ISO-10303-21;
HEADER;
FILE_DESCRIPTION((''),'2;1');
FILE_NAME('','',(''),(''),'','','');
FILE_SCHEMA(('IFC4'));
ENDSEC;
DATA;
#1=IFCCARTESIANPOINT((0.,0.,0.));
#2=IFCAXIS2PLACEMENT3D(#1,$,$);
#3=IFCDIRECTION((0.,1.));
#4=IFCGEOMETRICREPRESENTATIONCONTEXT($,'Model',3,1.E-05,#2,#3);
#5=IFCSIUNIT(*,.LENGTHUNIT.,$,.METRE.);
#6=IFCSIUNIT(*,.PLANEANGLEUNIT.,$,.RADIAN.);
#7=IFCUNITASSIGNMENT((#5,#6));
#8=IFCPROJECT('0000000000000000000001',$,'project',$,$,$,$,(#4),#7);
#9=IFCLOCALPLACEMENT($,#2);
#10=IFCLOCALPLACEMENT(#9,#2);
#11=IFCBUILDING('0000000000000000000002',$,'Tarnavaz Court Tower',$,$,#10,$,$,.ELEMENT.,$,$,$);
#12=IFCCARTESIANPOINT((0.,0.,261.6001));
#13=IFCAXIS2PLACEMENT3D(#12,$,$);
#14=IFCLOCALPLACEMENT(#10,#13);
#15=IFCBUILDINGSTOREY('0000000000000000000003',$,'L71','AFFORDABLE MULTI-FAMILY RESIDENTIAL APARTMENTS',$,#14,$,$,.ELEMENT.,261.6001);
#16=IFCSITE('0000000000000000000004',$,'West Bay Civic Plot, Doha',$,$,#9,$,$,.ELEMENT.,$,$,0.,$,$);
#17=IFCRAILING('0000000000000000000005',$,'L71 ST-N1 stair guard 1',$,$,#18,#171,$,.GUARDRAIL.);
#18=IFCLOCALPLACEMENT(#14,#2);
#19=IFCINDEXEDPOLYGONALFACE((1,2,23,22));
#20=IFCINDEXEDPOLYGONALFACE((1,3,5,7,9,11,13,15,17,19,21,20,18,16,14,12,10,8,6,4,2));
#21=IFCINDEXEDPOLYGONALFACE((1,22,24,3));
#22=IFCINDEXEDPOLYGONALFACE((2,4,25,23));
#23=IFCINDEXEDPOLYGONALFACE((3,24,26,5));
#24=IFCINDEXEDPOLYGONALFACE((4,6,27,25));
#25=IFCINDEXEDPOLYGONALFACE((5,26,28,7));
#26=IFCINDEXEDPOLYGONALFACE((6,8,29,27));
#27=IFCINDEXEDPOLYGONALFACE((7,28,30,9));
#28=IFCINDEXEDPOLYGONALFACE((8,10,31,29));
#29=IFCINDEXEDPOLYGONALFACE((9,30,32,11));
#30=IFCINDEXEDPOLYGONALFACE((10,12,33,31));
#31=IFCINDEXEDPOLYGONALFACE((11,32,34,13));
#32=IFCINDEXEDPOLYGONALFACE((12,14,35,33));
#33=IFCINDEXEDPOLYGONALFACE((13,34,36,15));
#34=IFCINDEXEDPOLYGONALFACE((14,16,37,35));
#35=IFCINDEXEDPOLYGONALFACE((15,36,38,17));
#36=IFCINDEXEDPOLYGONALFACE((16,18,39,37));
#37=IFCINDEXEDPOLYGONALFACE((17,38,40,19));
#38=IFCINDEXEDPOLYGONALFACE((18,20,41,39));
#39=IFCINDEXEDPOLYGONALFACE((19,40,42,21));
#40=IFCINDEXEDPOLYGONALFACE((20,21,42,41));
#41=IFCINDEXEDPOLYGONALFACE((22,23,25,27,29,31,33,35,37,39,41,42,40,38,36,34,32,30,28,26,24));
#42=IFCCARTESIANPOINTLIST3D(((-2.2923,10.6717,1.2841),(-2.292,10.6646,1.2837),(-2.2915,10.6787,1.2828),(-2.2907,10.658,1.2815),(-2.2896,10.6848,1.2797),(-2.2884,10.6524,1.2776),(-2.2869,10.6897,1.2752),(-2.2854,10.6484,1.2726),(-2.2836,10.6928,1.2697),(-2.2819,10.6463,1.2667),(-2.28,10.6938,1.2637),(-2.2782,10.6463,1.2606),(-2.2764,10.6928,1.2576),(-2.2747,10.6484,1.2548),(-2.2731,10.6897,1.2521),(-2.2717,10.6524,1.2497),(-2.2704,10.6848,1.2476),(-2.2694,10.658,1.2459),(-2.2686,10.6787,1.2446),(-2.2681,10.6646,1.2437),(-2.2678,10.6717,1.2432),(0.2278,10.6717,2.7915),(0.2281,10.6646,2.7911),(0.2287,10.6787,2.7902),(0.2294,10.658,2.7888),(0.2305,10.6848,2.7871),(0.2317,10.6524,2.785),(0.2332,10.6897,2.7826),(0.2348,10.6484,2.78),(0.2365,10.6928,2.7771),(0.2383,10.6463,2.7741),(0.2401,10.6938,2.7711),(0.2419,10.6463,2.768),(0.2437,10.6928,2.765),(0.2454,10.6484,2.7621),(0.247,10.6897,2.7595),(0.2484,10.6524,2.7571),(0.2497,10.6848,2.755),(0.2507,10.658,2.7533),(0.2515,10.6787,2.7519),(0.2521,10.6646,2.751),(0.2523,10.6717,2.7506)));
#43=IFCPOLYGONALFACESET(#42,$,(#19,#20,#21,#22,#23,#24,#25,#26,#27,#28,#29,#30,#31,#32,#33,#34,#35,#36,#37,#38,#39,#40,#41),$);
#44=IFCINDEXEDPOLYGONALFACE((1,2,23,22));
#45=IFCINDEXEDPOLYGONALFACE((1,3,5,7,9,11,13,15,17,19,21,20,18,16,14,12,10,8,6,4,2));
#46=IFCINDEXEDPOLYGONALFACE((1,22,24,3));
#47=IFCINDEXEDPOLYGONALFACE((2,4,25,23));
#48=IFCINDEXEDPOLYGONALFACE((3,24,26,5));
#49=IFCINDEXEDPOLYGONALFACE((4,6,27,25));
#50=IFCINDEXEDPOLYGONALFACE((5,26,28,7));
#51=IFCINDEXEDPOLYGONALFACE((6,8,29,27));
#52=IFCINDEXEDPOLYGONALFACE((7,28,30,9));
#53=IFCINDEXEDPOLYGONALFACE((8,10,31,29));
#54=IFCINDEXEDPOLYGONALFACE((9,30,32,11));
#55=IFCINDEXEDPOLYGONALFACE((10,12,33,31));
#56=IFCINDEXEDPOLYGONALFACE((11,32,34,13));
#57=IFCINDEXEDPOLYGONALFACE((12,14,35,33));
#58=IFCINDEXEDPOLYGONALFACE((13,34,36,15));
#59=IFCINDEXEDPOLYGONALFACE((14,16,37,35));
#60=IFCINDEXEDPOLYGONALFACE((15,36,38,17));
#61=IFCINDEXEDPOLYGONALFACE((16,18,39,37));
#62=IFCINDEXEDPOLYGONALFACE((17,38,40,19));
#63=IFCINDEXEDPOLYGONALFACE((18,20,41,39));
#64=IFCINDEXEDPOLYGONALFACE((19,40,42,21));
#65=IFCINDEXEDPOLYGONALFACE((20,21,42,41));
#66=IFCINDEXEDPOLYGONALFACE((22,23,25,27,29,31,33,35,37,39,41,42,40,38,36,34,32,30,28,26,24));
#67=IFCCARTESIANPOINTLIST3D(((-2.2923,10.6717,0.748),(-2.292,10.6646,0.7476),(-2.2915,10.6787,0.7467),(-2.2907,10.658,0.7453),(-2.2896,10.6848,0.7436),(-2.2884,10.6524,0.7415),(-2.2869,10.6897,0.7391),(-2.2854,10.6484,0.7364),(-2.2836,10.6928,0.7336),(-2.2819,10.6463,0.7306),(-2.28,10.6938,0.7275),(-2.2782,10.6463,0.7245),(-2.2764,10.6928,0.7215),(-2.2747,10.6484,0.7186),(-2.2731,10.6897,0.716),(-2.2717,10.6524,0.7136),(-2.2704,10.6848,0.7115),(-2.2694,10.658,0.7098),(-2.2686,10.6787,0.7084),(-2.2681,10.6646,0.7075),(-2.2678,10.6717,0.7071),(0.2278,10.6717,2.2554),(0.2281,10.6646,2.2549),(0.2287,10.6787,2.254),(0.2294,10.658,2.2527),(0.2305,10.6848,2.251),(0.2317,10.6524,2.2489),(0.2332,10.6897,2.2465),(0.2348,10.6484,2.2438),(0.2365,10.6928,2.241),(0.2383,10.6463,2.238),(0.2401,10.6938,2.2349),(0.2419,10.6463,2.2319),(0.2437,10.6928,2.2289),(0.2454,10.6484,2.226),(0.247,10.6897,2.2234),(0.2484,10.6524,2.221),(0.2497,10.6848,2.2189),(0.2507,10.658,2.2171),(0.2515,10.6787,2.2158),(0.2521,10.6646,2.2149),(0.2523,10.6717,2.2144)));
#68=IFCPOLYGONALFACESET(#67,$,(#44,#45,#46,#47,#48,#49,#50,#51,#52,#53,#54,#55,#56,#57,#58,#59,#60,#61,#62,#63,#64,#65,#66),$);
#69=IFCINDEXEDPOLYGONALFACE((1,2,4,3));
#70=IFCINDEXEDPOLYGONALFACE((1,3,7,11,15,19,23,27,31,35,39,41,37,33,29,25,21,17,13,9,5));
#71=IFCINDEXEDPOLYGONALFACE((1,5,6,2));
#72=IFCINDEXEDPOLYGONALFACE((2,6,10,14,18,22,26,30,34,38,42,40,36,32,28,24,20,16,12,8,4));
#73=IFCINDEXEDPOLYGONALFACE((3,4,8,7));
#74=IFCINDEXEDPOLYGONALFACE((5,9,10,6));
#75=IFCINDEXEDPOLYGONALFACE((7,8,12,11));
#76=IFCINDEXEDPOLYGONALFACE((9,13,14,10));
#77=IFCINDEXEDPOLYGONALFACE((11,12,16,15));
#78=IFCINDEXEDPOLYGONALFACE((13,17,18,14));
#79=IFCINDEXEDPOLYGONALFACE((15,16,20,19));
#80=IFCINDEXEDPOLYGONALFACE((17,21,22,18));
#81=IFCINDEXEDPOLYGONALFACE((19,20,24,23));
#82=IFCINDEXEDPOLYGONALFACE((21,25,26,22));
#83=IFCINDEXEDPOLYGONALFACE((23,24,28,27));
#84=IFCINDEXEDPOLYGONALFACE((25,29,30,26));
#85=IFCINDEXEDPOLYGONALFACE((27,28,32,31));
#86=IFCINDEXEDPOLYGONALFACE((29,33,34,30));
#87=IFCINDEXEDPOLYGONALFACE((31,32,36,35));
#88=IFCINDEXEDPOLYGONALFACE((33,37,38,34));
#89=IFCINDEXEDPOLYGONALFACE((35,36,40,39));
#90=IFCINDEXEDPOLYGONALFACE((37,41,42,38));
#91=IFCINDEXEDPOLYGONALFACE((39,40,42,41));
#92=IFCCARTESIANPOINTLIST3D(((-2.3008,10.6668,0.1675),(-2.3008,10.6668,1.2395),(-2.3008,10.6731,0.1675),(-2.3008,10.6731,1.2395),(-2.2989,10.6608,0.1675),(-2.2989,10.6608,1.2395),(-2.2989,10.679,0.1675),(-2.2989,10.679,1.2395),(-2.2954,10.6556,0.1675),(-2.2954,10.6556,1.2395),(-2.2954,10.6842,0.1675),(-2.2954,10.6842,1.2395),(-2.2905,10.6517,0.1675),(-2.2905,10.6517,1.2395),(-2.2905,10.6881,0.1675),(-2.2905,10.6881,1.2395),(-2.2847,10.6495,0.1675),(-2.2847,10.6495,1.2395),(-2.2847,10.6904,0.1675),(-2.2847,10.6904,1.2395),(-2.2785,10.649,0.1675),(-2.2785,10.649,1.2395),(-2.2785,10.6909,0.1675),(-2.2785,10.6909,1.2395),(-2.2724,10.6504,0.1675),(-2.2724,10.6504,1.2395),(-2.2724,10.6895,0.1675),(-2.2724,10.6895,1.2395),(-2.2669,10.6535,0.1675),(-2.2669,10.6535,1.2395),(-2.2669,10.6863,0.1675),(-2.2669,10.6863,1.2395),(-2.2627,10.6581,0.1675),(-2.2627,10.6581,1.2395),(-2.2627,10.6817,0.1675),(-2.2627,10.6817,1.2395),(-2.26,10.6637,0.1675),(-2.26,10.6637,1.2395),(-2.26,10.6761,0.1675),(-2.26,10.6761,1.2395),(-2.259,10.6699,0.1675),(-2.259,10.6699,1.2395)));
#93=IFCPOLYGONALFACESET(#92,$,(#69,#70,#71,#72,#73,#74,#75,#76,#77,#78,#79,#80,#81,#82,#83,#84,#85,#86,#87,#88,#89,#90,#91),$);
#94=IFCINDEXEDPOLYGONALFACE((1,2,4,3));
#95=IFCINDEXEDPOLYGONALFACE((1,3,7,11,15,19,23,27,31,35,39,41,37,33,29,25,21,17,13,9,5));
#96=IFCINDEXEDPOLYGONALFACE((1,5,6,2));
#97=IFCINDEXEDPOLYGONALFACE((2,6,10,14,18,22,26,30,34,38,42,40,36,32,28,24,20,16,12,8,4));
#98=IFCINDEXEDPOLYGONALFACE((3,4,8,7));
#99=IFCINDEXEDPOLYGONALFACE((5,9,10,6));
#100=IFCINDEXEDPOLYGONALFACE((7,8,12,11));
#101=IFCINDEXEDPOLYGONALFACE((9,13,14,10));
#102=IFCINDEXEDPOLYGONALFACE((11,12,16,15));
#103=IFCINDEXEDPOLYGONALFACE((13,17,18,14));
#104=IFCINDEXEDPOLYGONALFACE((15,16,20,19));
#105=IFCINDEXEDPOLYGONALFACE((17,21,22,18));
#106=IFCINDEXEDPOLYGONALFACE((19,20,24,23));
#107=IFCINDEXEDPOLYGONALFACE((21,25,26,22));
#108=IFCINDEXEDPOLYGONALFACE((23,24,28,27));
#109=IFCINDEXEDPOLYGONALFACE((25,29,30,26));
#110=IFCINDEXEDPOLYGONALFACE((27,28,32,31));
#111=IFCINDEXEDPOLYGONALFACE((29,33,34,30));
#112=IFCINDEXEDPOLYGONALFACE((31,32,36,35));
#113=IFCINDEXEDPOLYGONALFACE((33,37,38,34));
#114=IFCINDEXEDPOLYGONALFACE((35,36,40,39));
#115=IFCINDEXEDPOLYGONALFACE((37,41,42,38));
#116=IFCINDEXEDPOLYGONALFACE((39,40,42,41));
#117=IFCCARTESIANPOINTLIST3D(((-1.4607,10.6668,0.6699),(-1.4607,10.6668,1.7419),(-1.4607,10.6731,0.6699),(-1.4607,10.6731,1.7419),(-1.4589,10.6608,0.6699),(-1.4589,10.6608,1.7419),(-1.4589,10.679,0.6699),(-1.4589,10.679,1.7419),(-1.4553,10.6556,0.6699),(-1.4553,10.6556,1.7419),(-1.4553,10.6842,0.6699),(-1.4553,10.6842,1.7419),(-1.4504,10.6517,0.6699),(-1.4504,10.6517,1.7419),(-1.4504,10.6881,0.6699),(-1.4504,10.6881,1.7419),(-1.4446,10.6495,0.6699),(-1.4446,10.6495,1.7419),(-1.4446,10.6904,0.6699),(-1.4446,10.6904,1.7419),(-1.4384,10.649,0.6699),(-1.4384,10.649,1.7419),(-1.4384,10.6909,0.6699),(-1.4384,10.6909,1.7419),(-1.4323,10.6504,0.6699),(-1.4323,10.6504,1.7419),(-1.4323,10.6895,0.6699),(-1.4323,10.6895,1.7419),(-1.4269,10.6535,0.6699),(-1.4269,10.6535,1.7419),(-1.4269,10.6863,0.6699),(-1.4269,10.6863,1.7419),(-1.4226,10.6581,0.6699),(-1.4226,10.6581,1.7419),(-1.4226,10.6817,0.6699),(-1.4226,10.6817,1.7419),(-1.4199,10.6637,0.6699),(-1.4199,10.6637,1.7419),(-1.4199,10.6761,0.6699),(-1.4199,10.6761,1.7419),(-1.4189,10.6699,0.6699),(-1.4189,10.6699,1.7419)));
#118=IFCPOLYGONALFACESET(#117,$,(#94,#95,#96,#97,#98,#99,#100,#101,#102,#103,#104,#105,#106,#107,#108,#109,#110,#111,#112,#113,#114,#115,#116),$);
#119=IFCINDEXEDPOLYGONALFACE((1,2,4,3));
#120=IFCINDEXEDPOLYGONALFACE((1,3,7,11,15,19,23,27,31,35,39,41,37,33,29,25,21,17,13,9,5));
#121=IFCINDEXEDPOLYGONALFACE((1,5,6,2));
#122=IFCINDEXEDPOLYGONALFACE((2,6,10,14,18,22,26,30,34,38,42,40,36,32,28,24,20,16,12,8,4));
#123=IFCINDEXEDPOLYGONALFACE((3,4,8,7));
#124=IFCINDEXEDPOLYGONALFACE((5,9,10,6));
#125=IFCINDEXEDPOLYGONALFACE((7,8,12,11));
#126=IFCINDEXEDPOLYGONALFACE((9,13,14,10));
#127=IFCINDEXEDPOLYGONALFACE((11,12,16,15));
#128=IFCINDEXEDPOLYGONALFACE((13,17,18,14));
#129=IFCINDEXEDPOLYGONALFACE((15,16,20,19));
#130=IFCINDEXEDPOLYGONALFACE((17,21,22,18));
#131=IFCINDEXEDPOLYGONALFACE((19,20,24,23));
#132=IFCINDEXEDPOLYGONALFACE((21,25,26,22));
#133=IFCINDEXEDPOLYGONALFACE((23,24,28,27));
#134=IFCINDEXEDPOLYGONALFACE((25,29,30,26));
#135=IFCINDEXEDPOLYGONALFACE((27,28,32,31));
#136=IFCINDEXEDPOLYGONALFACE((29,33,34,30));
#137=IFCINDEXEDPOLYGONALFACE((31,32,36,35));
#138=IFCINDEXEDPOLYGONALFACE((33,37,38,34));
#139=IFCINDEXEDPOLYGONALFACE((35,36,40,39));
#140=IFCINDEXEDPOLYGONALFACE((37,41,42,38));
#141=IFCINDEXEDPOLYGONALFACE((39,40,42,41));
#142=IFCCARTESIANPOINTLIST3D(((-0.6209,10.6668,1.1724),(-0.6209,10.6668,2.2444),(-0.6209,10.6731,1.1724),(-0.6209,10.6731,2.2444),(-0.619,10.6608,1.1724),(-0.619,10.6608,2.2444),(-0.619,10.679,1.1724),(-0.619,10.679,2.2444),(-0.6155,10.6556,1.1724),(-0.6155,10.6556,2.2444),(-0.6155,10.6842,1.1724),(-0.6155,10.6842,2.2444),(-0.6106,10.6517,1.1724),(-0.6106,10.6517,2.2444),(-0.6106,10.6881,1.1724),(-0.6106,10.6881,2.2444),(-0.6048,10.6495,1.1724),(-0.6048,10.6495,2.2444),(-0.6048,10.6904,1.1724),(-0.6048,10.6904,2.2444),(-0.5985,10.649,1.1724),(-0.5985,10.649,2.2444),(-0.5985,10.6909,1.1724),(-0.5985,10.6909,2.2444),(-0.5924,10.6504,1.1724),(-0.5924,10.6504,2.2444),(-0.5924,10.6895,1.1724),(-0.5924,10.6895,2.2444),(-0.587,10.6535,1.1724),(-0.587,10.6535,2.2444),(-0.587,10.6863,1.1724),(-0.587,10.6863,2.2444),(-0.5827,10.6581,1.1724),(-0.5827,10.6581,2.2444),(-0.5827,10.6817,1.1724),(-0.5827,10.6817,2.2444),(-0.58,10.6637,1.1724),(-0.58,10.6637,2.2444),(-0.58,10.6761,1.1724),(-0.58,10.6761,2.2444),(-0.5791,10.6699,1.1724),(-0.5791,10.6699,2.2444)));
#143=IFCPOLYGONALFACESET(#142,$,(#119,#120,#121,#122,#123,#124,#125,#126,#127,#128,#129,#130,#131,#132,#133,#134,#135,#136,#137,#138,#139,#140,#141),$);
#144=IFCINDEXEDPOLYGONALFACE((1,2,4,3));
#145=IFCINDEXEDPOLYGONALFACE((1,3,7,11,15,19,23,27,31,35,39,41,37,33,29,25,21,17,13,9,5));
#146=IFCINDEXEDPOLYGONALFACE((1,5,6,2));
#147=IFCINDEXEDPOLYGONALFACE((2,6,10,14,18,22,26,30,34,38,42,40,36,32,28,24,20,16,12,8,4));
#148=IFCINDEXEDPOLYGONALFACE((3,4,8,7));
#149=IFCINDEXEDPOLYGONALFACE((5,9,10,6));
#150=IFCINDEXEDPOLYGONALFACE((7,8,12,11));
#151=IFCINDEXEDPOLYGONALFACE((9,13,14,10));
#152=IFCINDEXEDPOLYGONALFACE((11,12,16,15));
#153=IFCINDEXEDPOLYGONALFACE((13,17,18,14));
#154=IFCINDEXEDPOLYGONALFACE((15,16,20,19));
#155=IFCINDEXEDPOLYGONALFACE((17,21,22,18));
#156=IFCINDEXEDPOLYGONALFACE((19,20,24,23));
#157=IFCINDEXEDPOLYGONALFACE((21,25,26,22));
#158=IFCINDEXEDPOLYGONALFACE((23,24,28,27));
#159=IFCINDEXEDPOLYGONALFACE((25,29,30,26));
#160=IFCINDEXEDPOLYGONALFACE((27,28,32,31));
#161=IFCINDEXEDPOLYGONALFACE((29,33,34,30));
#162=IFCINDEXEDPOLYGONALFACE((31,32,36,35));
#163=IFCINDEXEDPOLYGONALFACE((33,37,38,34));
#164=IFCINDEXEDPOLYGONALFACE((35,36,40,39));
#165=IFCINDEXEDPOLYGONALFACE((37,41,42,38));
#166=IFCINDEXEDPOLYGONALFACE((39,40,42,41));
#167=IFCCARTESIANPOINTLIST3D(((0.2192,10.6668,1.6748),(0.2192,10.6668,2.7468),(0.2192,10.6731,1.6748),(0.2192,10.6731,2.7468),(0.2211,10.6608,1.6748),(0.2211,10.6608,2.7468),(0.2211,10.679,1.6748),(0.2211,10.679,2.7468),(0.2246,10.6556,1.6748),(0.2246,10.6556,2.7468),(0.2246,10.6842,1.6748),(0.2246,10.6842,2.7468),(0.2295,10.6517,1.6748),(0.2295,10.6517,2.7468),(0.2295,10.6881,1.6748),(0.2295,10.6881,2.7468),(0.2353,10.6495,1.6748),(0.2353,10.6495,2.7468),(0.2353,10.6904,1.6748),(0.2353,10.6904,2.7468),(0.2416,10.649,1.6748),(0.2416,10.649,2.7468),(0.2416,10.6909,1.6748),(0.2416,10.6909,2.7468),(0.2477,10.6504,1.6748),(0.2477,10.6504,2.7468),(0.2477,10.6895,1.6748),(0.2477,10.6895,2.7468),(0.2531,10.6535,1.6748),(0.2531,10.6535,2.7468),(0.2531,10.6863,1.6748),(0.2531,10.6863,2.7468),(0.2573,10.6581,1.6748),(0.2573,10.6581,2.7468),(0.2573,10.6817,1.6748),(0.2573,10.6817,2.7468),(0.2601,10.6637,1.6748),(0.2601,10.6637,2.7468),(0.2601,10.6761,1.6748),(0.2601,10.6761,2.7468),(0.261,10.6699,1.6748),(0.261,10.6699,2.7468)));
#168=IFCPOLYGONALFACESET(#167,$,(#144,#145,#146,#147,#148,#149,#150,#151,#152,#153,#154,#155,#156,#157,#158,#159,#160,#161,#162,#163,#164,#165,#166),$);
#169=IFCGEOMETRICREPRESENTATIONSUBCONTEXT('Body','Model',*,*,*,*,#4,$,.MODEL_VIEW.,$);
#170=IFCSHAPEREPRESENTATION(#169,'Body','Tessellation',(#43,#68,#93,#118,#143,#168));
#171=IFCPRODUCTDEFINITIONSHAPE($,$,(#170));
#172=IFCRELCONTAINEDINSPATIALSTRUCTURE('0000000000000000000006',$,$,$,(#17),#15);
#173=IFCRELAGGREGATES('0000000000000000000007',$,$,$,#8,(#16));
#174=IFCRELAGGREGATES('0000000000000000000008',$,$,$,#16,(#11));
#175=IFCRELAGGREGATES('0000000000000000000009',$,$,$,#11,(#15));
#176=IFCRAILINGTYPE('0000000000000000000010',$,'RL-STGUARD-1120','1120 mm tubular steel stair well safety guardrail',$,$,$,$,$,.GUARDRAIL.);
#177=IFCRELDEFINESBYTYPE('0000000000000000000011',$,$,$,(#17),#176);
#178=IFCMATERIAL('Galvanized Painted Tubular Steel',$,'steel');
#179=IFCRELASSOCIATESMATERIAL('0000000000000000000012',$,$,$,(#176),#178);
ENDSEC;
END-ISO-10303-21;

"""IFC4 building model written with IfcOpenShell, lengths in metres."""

from ifc_helpers import new_model, si_unit, direction, frame, origin, origin_2d, place, context, subcontext, project, spatial, circle, extrude, material, type_object, element, save


model = new_model("IFC4")

# Units and contexts
model_context = context("Model", 3, precision=1e-05, world=origin(), true_north=direction((0.0, 1.0)))
body_context = subcontext(model_context, "Body", "Model", "MODEL_VIEW")
ifc_project = project(units=[si_unit("LENGTHUNIT", "METRE"), si_unit("PLANEANGLEUNIT", "RADIAN")], contexts=[model_context])

# Site, building, storey
site_placement = place(None, origin())
site = spatial("IfcSite", under=ifc_project, at=site_placement, Name="West Bay Civic Plot, Doha", CompositionType="ELEMENT", RefElevation=0.0)
building_placement = place(site_placement, origin())
building = spatial("IfcBuilding", under=site, at=building_placement, Name="Tarnavaz Court Tower", CompositionType="ELEMENT")
storey_placement = place(building_placement, frame((0.0, 0.0, 261.6001)))
storey = spatial("IfcBuildingStorey", under=building, at=storey_placement, Name="L71", Description="AFFORDABLE MULTI-FAMILY RESIDENTIAL APARTMENTS", CompositionType="ELEMENT", Elevation=261.6001)

# Railing
ifc_material_1 = material(Name="Galvanized Painted Tubular Steel", Category="steel")
railing_type_1 = type_object("IfcRailingType", Name="RL-STGUARD-1120", Description="1120 mm tubular steel stair well safety guardrail", PredefinedType="GUARDRAIL", material=ifc_material_1)
railing_1_placement = place(storey_placement, frame((-2.28, 10.6699, 0.1675)))
element("IfcRailing", 1, at=railing_1_placement, inside=storey, type_object=railing_type_1, Name="L71 ST-N1 stair guard 1", PredefinedType="GUARDRAIL", context=body_context, shape_type="SweptSolid", body=[
    extrude(circle(Radius=0.0239, at=origin_2d()), frame((0.0, 0.0, 1.0962), z_axis=(0.858196, 0.0, 0.513321), x_axis=(0.0, 1.0, 0.0)), (0.0, 0.0, 1.0), 2.9365),
    extrude(circle(Radius=0.0239, at=origin_2d()), frame((0.0, 0.0, 0.5601), z_axis=(0.858196, 0.0, 0.513321), x_axis=(0.0, 1.0, 0.0)), (0.0, 0.0, 1.0), 2.9365),
    extrude(circle(Radius=0.021, at=origin_2d()), origin(), (0.0, 0.0, 1.0), 1.072),
    extrude(circle(Radius=0.021, at=origin_2d()), frame((0.8401, 0.0, 0.5024)), (0.0, 0.0, 1.0), 1.072),
    extrude(circle(Radius=0.021, at=origin_2d()), frame((1.6799, 0.0, 1.0049)), (0.0, 0.0, 1.0), 1.072),
    extrude(circle(Radius=0.021, at=origin_2d()), frame((2.52, 0.0, 1.5073)), (0.0, 0.0, 1.0), 1.072),
])

save(model, "model.ifc")
